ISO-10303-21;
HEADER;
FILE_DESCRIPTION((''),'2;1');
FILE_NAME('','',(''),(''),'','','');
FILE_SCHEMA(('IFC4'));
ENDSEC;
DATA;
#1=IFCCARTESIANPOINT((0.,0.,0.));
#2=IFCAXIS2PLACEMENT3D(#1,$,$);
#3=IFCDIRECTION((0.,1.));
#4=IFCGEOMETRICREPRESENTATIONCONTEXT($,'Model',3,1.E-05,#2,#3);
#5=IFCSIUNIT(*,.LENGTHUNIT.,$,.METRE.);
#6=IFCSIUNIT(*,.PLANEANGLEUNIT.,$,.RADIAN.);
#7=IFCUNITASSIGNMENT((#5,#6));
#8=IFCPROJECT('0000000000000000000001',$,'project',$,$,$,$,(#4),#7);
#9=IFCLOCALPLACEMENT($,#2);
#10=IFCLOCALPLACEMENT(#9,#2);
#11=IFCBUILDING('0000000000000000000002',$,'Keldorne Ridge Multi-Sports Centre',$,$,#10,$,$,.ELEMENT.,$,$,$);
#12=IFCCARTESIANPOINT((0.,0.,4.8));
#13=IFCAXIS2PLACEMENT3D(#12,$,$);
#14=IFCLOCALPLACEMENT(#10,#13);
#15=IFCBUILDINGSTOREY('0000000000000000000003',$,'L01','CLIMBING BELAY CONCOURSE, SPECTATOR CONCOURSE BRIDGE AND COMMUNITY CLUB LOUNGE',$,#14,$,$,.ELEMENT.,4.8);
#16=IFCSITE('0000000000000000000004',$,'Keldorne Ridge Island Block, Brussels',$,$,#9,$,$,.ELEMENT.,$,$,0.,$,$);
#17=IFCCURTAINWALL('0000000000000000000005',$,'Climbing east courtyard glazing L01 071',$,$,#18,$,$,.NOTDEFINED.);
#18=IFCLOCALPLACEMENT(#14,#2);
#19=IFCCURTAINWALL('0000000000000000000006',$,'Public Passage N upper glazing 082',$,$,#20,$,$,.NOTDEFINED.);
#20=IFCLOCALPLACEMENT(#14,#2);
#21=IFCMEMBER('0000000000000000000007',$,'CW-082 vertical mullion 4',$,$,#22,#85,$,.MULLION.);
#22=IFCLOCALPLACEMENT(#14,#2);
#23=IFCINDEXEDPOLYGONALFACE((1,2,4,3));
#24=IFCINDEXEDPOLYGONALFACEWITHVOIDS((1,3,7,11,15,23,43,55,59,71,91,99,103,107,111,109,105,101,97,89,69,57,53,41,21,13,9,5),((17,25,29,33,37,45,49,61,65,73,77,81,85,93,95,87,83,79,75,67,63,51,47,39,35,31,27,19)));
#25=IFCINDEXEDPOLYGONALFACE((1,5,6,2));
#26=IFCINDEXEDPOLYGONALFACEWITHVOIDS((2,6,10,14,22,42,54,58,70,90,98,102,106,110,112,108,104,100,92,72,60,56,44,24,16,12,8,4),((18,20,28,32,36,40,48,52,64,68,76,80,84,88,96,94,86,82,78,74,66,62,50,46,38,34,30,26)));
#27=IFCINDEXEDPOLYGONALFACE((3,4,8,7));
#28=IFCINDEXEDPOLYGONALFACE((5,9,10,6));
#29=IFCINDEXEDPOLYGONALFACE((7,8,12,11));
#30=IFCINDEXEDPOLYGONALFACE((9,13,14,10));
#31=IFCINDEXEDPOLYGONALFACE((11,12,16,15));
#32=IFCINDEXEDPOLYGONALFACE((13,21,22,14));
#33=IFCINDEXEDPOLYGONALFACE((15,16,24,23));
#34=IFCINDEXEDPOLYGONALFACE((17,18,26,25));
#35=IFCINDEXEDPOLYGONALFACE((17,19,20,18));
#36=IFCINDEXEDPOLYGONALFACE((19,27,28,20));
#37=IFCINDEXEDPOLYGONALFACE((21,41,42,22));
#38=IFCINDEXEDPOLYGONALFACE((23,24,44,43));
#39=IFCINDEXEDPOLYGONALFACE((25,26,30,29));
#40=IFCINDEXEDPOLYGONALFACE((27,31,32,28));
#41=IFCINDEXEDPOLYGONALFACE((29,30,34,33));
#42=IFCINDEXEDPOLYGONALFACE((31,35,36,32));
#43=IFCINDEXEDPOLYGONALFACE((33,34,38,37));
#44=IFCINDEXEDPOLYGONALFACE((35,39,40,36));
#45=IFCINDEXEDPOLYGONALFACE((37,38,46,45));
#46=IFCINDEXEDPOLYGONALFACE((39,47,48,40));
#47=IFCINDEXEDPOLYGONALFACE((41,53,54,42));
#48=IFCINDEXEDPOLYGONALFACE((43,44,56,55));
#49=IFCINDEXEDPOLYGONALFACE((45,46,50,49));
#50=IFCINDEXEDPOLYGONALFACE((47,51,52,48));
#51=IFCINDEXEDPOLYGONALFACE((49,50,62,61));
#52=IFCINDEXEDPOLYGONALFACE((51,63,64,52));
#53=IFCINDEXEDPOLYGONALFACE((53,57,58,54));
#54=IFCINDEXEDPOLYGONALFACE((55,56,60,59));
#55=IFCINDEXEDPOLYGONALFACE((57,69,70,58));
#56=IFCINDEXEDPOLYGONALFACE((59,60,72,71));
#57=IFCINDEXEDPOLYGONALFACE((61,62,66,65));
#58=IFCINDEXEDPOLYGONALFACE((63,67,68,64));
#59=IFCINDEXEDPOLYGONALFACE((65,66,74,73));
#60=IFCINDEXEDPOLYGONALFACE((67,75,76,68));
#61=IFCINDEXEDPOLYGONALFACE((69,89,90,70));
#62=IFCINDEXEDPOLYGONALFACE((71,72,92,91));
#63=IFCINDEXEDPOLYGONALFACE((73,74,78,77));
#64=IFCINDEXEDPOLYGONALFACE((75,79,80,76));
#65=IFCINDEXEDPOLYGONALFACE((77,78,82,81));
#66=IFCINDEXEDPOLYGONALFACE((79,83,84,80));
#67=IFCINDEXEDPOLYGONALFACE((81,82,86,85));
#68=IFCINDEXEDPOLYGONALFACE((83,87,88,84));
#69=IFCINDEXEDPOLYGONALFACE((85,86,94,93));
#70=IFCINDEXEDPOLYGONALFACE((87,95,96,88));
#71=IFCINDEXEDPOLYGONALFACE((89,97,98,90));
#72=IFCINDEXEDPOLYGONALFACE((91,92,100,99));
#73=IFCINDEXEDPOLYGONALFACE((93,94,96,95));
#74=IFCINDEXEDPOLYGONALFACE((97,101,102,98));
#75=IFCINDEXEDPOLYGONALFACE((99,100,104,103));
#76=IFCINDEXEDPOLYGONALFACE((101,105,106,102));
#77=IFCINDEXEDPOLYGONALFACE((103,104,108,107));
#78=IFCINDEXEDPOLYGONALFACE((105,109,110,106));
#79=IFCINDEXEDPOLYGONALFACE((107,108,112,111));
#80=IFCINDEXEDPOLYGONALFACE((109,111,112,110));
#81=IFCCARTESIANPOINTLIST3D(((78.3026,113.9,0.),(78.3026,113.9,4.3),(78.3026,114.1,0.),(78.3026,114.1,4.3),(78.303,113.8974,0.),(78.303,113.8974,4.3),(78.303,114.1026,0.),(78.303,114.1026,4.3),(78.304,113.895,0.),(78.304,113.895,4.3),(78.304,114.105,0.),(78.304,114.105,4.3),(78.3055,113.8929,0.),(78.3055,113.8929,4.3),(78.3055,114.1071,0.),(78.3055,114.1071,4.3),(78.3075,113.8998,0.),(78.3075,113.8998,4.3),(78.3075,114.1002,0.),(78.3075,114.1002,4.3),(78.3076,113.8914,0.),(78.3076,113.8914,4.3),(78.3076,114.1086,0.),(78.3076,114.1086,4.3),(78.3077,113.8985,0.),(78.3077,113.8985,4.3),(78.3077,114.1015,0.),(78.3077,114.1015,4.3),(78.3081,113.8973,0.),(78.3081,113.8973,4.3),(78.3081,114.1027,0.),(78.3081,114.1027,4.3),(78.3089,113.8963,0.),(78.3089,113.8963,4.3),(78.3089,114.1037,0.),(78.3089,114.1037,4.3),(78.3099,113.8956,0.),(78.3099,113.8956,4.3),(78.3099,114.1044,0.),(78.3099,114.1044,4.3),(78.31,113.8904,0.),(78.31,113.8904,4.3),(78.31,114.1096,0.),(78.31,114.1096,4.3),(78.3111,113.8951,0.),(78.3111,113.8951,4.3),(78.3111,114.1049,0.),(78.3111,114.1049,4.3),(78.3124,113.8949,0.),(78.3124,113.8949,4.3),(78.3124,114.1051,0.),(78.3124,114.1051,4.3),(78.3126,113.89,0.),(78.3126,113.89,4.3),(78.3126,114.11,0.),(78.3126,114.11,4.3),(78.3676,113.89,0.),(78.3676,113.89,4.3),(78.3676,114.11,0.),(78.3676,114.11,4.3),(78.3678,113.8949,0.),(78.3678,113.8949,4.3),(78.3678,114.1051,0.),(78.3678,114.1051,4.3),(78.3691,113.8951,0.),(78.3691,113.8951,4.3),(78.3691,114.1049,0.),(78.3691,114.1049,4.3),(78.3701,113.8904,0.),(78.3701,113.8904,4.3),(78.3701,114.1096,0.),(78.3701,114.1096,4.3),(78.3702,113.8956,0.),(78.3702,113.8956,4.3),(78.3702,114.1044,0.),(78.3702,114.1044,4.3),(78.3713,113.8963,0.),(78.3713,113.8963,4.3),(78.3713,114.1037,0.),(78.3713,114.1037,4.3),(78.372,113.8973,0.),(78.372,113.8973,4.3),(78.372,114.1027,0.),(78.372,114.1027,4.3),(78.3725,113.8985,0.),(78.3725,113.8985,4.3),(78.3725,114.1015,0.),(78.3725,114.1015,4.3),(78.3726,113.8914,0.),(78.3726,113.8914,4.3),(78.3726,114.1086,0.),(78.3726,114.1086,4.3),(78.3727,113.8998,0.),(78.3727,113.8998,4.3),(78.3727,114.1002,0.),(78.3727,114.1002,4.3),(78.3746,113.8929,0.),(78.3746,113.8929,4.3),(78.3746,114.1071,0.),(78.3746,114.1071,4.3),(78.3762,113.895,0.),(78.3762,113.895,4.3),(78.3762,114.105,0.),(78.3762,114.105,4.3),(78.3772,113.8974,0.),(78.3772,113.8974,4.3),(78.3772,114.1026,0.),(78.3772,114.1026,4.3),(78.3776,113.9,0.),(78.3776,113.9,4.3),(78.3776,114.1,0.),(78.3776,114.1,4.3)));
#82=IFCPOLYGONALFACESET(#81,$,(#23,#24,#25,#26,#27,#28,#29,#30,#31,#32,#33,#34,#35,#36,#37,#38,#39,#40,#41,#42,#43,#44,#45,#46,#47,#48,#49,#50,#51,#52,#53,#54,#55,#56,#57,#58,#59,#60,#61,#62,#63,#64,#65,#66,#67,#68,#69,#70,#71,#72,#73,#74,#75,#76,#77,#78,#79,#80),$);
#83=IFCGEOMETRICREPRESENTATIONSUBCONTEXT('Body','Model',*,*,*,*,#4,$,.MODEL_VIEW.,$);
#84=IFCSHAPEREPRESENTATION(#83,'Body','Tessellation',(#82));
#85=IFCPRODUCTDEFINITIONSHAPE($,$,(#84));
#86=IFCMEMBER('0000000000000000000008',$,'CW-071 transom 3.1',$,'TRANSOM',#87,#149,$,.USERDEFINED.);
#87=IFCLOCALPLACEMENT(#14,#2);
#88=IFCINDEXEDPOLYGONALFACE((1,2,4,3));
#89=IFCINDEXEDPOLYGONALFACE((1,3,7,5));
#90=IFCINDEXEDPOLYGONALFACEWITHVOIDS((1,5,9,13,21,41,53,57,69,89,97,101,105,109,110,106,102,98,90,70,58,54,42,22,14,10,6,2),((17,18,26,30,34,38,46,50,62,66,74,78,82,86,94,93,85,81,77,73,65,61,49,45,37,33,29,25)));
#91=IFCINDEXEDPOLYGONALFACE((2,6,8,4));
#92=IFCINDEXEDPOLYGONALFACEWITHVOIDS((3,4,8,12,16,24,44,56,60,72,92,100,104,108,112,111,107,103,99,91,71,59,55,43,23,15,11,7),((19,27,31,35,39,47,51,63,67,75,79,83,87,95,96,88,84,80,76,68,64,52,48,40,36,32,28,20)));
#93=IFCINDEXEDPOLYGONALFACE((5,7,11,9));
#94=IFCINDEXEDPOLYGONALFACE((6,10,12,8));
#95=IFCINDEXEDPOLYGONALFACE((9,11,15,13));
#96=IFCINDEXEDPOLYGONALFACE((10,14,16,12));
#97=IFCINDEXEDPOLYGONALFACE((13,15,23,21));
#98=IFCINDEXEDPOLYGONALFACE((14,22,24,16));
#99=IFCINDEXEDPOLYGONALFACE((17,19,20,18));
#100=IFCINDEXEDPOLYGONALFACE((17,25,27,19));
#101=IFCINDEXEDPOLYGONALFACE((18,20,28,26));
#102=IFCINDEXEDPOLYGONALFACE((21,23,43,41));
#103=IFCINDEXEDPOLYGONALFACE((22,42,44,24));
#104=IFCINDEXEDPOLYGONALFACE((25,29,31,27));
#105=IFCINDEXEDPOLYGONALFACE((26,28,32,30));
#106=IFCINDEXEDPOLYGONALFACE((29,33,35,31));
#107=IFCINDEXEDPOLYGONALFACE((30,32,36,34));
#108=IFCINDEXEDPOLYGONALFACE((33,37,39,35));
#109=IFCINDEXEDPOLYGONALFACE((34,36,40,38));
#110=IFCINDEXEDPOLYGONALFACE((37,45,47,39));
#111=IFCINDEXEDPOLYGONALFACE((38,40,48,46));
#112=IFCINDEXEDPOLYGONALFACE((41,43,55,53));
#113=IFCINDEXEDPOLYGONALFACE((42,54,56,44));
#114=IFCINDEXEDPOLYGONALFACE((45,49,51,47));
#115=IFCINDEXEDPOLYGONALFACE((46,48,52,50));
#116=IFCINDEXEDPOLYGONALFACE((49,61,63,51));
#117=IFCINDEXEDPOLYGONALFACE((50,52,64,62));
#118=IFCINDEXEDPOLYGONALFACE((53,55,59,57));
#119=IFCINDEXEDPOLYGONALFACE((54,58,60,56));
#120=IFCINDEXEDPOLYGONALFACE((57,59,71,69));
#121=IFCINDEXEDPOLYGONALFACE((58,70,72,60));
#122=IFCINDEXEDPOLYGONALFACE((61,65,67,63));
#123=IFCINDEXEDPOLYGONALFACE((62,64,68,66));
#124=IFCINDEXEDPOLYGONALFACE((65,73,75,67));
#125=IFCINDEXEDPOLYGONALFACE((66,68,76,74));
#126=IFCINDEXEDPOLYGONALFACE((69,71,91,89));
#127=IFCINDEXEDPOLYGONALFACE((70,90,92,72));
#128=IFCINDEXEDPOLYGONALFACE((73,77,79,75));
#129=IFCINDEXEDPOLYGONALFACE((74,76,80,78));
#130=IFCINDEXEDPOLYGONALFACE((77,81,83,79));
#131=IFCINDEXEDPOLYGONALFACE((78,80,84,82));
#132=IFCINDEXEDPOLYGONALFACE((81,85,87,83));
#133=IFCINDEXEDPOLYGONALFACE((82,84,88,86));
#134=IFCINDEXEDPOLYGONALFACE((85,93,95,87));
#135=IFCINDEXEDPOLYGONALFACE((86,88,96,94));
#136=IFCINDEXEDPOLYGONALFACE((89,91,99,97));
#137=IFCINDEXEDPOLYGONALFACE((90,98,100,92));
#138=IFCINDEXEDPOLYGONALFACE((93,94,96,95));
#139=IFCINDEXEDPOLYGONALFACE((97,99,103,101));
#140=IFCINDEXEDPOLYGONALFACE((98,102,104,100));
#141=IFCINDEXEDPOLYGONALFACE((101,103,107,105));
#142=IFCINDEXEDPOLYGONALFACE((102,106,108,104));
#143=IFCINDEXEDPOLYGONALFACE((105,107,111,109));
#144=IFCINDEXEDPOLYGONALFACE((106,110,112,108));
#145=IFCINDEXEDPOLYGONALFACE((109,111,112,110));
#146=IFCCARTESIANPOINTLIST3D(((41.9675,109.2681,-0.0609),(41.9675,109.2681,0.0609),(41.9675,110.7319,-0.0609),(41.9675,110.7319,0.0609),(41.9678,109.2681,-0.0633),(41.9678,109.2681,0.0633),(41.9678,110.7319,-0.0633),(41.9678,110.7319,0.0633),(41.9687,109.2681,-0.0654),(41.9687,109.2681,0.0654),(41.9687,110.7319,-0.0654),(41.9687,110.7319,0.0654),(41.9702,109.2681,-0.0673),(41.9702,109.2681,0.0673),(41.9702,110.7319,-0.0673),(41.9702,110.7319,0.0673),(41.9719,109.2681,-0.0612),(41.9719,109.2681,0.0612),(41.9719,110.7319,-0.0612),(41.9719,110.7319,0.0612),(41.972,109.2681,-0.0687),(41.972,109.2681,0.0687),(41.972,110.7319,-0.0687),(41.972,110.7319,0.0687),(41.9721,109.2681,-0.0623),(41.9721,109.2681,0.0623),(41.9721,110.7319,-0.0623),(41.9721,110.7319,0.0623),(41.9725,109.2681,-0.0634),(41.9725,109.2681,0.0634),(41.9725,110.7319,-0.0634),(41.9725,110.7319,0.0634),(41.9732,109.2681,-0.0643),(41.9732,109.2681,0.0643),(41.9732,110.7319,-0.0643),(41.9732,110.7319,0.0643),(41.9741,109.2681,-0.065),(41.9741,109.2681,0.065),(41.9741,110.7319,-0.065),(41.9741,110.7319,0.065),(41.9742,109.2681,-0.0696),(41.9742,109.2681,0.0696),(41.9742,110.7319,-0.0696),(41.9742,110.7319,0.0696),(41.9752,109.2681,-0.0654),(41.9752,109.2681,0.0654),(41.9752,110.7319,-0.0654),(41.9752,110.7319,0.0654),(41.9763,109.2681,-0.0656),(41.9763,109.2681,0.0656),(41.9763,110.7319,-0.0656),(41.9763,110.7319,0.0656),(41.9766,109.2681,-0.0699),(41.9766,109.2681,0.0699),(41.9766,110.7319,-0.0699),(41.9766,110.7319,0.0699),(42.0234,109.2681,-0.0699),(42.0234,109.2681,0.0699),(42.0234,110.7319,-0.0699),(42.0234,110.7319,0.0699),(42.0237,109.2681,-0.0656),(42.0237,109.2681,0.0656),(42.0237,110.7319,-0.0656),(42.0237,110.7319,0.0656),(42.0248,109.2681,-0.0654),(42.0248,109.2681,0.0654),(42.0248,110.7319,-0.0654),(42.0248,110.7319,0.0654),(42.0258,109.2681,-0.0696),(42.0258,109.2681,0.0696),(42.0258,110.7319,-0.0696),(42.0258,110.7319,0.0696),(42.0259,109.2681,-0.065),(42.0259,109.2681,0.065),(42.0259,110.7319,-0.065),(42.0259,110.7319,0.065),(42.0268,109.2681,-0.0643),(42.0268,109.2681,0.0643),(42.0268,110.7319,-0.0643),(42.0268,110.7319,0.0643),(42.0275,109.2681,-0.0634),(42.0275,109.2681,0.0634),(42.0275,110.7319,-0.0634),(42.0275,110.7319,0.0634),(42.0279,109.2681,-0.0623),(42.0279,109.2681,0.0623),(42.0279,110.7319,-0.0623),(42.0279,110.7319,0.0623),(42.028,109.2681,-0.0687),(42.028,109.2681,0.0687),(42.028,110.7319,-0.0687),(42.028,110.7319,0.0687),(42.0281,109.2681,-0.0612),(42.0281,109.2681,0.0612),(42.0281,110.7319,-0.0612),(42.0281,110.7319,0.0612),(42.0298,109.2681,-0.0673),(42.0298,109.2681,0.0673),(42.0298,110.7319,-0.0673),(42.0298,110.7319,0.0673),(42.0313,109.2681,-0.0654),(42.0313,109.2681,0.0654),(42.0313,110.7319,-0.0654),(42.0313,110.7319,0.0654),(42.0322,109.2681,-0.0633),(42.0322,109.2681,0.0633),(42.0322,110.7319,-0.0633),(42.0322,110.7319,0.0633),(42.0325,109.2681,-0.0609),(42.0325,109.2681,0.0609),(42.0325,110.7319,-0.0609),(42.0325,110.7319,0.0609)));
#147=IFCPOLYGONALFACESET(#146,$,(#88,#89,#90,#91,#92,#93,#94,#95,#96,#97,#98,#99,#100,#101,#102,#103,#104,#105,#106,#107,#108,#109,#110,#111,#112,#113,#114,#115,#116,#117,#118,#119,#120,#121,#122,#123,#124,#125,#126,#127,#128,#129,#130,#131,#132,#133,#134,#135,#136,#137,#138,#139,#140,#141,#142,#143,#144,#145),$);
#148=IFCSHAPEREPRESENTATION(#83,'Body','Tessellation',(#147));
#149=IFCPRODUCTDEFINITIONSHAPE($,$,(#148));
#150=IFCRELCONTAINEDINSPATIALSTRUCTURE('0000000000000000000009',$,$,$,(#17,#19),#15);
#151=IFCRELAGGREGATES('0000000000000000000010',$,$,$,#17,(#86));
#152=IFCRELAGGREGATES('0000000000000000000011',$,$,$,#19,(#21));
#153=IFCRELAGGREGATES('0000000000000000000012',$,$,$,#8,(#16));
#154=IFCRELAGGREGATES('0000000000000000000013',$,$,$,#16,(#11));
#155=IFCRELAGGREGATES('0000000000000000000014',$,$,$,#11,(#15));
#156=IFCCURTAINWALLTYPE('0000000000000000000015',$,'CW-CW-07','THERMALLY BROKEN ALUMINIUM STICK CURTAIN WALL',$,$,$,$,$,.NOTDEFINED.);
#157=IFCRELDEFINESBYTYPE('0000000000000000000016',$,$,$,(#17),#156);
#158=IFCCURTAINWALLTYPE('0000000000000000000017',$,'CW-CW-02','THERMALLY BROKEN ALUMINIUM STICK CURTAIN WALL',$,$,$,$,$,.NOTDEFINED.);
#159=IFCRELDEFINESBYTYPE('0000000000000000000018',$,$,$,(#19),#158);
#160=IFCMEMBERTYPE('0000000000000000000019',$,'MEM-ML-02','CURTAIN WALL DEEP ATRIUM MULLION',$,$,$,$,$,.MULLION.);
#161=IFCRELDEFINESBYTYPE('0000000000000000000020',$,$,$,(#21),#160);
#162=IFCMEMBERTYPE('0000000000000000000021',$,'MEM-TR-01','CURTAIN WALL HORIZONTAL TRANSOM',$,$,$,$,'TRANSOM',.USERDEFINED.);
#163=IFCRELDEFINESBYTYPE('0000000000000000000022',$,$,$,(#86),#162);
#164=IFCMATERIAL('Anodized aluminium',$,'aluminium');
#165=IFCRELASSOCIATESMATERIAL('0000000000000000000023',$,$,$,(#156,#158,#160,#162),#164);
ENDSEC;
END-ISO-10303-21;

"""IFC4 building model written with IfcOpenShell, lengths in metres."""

from ifc_helpers import new_model, si_unit, direction, frame, origin, origin_2d, place, context, subcontext, project, spatial, hollow_rectangle, extrude, material, material_profile, profile_set, type_object, element, aggregate, save


model = new_model("IFC4")

# Units and contexts
model_context = context("Model", 3, precision=1e-05, world=origin(), true_north=direction((0.0, 1.0)))
body_context = subcontext(model_context, "Body", "Model", "MODEL_VIEW")
ifc_project = project(units=[si_unit("LENGTHUNIT", "METRE"), si_unit("PLANEANGLEUNIT", "RADIAN")], contexts=[model_context])

# Site, building, storey
site_placement = place(None, origin())
site = spatial("IfcSite", under=ifc_project, at=site_placement, Name="Keldorne Ridge Island Block, Brussels", CompositionType="ELEMENT", RefElevation=0.0)
building_placement = place(site_placement, origin())
building = spatial("IfcBuilding", under=site, at=building_placement, Name="Keldorne Ridge Multi-Sports Centre", CompositionType="ELEMENT")
storey_placement = place(building_placement, frame((0.0, 0.0, 4.8)))
storey = spatial("IfcBuildingStorey", under=building, at=storey_placement, Name="L01", Description="CLIMBING BELAY CONCOURSE, SPECTATOR CONCOURSE BRIDGE AND COMMUNITY CLUB LOUNGE", CompositionType="ELEMENT", Elevation=4.8)

# Curtain wall
ifc_material_1 = material(Name="Anodized aluminium", Category="aluminium")
curtain_wall_type_1 = type_object("IfcCurtainWallType", Name="CW-CW-07", Description="THERMALLY BROKEN ALUMINIUM STICK CURTAIN WALL", PredefinedType="NOTDEFINED", material=ifc_material_1)
curtain_wall_1_placement = place(storey_placement, origin())
curtain_wall_1 = element("IfcCurtainWall", 1, at=curtain_wall_1_placement, inside=storey, type_object=curtain_wall_type_1, Name="Climbing east courtyard glazing L01 071", PredefinedType="NOTDEFINED")

# Curtain wall, member
curtain_wall_type_2 = type_object("IfcCurtainWallType", Name="CW-CW-02", Description="THERMALLY BROKEN ALUMINIUM STICK CURTAIN WALL", PredefinedType="NOTDEFINED", material=ifc_material_1)
curtain_wall_2_placement = place(storey_placement, origin())
curtain_wall_2 = element("IfcCurtainWall", 2, at=curtain_wall_2_placement, inside=storey, type_object=curtain_wall_type_2, Name="Public Passage N upper glazing 082", PredefinedType="NOTDEFINED")
ifc_material_profile_1 = material_profile(ifc_material_1, hollow_rectangle(XDim=0.075, YDim=0.22, WallThickness=0.0049, InnerFilletRadius=0.0049, OuterFilletRadius=0.01, at=origin_2d()), Name="ALU MULLION 220x75x5")
ifc_profile_set_1 = profile_set([ifc_material_profile_1], Name="Anodized aluminium")
member_type_1 = type_object("IfcMemberType", Name="MEM-ML-02", Description="CURTAIN WALL DEEP ATRIUM MULLION", PredefinedType="MULLION", material=ifc_profile_set_1)
member_1_placement = place(storey_placement, frame((78.3401, 114.0, 0.0), z_axis=(0.0, 0.0, 1.0), x_axis=(1.0, 0.0, 0.0)))
member_1 = element("IfcMember", 3, at=member_1_placement, type_object=member_type_1, Name="CW-082 vertical mullion 4", PredefinedType="MULLION", context=body_context, shape_type="SweptSolid", body=[
    extrude(hollow_rectangle(XDim=0.075, YDim=0.22, WallThickness=0.0049, InnerFilletRadius=0.0049, OuterFilletRadius=0.01, at=origin_2d()), origin(), (0.0, 0.0, 1.0), 4.3),
])

# Member
ifc_material_profile_2 = material_profile(ifc_material_1, hollow_rectangle(XDim=0.0649, YDim=0.1399, WallThickness=0.0044, InnerFilletRadius=0.0044, OuterFilletRadius=0.009, at=origin_2d()), Name="ALU TRANSOM 140x65x4.5")
ifc_profile_set_2 = profile_set([ifc_material_profile_2], Name="Anodized aluminium")
member_type_2 = type_object("IfcMemberType", Name="MEM-TR-01", Description="CURTAIN WALL HORIZONTAL TRANSOM", ElementType="TRANSOM", PredefinedType="USERDEFINED", material=ifc_profile_set_2)
member_2_placement = place(storey_placement, frame((42.0, 109.2681, 0.0), z_axis=(0.0, 1.0, 0.0), x_axis=(-1.0, 0.0, 0.0)))
member_2 = element("IfcMember", 4, at=member_2_placement, type_object=member_type_2, Name="CW-071 transom 3.1", ObjectType="TRANSOM", PredefinedType="USERDEFINED", context=body_context, shape_type="SweptSolid", body=[
    extrude(hollow_rectangle(XDim=0.0649, YDim=0.1399, WallThickness=0.0044, InnerFilletRadius=0.0044, OuterFilletRadius=0.009, at=origin_2d()), origin(), (0.0, 0.0, 1.0), 1.4639),
])

aggregate(curtain_wall_1, [member_2])
aggregate(curtain_wall_2, [member_1])

save(model, "model.ifc")
